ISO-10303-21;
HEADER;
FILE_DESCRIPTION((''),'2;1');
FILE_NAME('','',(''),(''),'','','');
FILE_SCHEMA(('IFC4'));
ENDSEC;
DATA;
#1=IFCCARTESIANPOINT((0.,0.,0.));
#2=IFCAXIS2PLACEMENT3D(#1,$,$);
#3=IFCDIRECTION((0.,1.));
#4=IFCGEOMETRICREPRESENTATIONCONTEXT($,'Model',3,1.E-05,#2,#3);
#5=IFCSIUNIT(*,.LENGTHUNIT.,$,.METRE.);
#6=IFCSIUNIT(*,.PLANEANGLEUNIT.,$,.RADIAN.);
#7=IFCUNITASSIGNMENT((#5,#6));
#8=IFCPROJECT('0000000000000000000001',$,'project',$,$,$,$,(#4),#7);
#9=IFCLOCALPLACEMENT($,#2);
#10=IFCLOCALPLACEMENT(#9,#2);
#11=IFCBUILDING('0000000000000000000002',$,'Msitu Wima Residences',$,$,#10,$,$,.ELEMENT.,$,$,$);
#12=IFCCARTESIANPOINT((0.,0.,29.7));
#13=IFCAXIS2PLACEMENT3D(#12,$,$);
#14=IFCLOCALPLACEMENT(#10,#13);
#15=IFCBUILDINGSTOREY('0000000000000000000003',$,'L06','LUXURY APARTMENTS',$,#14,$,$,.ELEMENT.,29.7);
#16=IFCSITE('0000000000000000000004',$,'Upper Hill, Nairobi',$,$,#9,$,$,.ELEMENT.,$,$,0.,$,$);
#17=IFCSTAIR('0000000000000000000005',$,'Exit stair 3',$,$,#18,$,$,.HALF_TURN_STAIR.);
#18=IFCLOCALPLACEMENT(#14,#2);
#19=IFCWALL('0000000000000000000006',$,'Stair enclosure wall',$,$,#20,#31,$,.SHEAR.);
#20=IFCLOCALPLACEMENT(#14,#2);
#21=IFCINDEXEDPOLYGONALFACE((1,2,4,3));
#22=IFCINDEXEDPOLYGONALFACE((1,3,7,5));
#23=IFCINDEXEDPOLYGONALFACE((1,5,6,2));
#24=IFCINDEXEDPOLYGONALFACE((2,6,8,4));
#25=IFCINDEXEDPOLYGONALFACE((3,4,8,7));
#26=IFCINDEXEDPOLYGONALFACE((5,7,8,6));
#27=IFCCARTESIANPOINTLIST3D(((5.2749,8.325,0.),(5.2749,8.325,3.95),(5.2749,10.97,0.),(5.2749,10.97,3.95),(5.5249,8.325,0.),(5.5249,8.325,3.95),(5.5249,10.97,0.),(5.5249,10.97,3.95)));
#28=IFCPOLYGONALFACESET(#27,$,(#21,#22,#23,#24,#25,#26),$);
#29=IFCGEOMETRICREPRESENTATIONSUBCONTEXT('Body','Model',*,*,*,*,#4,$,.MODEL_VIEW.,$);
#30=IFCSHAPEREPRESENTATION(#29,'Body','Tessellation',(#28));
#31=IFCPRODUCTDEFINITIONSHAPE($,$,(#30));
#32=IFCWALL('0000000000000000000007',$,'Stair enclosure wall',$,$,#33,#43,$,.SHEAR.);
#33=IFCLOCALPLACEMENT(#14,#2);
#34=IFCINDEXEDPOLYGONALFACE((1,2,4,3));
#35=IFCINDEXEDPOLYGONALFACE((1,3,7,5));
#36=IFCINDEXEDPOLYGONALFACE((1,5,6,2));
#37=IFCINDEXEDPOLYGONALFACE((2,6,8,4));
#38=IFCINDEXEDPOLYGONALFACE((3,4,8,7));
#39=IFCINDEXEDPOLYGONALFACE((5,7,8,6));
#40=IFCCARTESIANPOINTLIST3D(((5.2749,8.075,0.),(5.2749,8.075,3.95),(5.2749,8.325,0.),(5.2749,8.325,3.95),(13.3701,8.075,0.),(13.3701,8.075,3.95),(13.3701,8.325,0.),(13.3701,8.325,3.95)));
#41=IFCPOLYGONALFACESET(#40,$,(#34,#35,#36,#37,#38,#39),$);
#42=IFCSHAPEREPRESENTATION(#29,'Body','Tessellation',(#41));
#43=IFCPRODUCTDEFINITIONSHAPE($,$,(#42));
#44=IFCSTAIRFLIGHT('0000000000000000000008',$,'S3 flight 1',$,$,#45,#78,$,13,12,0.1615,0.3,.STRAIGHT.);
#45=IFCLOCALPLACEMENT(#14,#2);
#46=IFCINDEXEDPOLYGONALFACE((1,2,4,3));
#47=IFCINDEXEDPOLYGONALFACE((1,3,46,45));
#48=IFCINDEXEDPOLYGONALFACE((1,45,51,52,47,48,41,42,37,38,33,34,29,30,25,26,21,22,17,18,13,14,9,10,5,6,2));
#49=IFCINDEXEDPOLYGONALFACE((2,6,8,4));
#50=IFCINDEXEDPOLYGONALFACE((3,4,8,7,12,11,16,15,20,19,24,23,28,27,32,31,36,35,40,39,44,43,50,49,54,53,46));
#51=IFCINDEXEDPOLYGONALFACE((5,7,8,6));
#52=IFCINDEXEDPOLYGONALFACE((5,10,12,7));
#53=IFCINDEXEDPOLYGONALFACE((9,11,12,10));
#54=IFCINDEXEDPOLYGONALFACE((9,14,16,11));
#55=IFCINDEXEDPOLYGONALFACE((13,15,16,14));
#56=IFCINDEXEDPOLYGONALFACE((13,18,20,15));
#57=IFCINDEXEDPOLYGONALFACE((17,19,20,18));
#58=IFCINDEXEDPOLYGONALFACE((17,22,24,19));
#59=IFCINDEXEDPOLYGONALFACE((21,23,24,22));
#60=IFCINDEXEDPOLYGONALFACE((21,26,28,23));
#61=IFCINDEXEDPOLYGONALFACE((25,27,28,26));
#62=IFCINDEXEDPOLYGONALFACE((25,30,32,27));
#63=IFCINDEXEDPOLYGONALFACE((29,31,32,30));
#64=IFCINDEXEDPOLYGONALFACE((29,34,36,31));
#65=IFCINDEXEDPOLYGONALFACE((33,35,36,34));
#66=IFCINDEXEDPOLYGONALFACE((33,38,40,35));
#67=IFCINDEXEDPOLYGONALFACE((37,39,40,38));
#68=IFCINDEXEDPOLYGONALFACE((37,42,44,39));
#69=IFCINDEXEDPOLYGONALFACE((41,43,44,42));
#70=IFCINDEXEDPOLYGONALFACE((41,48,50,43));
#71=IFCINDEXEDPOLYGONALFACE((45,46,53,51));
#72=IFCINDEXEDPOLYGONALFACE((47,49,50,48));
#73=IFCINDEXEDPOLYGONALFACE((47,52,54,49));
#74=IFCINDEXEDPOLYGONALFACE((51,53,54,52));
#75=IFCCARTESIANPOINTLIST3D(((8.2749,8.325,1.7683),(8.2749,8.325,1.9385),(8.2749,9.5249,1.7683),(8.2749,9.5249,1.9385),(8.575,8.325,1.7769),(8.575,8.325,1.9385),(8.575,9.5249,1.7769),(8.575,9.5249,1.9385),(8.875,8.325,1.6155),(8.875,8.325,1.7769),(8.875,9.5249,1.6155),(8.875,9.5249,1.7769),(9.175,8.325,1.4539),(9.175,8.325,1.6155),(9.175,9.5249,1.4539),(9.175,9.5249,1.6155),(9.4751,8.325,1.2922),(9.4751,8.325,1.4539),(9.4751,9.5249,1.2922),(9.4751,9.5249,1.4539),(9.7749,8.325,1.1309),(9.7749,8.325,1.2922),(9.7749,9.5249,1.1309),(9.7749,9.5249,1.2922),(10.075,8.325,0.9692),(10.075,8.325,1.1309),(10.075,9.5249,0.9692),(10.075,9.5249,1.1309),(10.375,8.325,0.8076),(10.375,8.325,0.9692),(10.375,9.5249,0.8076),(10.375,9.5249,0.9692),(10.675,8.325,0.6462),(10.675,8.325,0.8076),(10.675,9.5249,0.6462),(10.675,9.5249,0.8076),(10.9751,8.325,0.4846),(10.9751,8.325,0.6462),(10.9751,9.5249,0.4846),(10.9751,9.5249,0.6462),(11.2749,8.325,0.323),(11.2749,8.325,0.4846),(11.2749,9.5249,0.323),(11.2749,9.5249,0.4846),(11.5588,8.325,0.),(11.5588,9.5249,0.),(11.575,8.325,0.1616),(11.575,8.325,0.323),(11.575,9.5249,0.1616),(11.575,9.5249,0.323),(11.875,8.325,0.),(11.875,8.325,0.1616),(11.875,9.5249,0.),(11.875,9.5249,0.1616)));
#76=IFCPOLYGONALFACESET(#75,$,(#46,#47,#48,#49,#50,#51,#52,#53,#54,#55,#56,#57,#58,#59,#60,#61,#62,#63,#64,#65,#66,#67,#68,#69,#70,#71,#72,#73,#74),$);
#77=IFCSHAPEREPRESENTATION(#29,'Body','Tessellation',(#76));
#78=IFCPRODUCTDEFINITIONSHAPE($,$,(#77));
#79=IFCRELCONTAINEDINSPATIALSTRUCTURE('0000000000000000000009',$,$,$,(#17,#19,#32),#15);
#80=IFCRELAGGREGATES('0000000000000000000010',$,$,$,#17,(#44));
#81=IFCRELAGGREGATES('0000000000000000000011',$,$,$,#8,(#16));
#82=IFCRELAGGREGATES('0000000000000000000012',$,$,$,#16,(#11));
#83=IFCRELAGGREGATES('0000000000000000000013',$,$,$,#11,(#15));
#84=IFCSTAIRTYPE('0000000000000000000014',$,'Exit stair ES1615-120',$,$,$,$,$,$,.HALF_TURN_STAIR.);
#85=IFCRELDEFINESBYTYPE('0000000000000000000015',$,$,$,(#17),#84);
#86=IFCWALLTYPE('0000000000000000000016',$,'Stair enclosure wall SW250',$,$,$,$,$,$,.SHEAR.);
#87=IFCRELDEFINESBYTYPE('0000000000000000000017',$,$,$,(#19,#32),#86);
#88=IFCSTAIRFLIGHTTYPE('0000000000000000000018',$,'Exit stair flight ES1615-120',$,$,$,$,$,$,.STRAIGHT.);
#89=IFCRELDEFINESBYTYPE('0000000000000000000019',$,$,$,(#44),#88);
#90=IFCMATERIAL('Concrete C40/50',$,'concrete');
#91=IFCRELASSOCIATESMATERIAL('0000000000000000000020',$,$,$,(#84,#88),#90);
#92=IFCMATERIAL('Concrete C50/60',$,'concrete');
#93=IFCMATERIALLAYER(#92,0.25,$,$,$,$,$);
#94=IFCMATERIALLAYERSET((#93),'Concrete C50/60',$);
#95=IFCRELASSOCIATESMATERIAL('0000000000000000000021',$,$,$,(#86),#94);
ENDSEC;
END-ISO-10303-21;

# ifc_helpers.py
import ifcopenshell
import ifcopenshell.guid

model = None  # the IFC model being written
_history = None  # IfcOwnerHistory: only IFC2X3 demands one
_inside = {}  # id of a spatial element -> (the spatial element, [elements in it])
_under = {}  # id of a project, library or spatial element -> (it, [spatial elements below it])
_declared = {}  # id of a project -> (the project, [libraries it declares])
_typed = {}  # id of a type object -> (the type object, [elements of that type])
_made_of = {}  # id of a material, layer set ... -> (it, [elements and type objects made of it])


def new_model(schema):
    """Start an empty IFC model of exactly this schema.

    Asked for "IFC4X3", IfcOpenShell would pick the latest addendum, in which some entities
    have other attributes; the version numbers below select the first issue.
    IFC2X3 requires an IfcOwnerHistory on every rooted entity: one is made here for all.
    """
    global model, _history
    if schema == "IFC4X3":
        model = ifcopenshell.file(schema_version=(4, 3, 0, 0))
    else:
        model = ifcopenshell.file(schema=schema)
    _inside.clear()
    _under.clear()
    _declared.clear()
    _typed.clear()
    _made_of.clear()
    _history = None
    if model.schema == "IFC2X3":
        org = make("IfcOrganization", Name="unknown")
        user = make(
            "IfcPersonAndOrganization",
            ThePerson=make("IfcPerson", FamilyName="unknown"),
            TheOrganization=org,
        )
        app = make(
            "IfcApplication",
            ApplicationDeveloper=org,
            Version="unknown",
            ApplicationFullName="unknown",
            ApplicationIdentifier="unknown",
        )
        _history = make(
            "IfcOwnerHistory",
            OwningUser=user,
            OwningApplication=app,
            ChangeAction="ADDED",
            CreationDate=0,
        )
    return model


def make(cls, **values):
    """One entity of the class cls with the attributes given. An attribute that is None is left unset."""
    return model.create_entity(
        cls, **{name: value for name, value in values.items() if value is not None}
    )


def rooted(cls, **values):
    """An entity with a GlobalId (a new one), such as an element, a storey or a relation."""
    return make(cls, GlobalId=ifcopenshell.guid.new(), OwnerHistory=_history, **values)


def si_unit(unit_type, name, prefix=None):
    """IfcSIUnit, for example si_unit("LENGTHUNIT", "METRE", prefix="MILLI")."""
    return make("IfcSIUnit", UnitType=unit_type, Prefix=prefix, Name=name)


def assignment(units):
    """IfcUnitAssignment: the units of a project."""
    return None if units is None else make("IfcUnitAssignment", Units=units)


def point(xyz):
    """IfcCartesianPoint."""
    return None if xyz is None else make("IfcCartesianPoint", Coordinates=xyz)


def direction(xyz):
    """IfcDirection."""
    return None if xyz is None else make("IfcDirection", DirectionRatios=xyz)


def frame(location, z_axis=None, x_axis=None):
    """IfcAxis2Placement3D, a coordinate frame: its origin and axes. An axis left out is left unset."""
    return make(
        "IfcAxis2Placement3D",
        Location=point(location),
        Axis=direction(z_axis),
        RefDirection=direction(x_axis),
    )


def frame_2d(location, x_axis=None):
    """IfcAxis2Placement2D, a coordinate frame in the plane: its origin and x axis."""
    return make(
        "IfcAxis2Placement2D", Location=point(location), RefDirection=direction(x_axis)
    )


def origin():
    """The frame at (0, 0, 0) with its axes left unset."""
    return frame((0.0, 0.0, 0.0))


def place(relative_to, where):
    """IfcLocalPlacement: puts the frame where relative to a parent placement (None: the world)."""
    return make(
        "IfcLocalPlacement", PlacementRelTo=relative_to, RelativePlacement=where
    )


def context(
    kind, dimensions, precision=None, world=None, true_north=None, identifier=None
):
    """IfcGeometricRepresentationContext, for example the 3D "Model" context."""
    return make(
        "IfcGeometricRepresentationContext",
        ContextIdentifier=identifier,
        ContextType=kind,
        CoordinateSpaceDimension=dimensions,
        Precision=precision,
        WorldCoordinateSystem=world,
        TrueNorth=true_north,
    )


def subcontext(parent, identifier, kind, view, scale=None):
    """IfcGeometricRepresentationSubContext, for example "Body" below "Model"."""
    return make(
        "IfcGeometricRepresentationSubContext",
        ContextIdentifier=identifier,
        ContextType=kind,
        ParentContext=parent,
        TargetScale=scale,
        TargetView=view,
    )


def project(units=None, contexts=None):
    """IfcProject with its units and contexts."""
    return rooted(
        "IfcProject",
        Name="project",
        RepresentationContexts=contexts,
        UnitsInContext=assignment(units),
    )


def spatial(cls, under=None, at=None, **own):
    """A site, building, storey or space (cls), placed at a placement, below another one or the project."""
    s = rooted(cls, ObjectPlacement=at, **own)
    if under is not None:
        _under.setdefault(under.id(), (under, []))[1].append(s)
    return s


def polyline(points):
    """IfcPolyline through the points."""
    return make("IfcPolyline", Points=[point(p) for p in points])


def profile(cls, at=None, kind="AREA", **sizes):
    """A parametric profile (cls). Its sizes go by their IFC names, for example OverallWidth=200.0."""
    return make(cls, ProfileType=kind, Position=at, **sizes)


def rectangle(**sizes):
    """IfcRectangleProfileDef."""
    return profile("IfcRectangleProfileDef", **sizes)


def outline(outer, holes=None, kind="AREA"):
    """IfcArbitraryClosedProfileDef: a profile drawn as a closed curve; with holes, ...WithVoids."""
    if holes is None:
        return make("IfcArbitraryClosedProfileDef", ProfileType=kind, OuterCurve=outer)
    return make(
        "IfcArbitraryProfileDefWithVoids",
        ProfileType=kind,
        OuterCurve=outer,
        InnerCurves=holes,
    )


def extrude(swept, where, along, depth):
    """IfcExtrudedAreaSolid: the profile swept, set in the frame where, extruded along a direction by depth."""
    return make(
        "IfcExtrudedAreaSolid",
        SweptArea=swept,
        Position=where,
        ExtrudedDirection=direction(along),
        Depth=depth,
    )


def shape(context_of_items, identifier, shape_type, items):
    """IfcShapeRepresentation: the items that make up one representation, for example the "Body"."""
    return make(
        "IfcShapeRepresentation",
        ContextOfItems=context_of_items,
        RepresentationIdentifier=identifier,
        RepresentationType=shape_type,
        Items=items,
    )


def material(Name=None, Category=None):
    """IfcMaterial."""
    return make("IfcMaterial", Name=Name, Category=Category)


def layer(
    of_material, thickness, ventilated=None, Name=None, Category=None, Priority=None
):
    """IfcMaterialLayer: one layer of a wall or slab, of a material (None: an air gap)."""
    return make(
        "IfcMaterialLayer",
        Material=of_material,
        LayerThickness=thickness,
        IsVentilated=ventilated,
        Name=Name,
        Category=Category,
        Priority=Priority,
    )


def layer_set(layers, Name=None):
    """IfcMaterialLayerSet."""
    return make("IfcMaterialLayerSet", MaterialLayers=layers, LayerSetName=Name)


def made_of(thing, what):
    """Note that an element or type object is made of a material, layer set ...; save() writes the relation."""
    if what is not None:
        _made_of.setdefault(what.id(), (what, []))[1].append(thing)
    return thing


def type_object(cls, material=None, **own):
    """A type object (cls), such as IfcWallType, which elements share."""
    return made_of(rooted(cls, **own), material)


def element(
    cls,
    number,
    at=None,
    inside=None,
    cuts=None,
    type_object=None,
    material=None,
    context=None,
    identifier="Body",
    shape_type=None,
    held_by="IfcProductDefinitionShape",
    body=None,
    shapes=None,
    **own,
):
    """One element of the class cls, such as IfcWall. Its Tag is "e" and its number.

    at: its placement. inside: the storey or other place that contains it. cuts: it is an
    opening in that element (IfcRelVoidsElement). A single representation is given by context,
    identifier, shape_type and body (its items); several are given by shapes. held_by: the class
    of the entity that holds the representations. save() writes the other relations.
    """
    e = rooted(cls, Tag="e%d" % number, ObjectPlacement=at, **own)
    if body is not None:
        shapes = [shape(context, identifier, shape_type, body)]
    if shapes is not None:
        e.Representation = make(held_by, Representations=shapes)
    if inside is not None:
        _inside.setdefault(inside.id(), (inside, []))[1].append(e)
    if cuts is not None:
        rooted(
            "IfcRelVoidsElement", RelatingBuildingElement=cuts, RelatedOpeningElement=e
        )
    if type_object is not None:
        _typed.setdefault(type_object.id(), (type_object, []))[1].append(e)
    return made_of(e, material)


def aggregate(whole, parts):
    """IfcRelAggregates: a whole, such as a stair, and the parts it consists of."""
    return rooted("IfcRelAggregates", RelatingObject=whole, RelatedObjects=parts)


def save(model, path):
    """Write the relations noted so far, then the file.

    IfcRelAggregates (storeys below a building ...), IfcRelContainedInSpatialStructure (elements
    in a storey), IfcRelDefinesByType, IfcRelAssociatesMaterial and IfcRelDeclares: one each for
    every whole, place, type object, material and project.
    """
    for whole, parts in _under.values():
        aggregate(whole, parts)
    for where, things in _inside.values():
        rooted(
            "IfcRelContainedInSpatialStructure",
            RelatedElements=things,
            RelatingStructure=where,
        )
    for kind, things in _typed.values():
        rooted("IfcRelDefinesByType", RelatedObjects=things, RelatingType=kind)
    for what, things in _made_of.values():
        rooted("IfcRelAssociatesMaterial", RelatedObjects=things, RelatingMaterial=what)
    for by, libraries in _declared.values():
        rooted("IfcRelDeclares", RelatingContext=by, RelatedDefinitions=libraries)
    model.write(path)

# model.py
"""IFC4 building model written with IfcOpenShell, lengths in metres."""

from ifc_helpers import new_model, si_unit, direction, frame, frame_2d, origin, place, context, subcontext, project, spatial, polyline, rectangle, outline, extrude, material, layer, layer_set, type_object, element, aggregate, save


model = new_model("IFC4")

# Units and contexts
model_context = context("Model", 3, precision=1e-05, world=origin(), true_north=direction((0.0, 1.0)))
body_context = subcontext(model_context, "Body", "Model", "MODEL_VIEW")
ifc_project = project(units=[si_unit("LENGTHUNIT", "METRE"), si_unit("PLANEANGLEUNIT", "RADIAN")], contexts=[model_context])

# Site, building, storey
site_placement = place(None, origin())
site = spatial("IfcSite", under=ifc_project, at=site_placement, Name="Upper Hill, Nairobi", CompositionType="ELEMENT", RefElevation=0.0)
building_placement = place(site_placement, origin())
building = spatial("IfcBuilding", under=site, at=building_placement, Name="Msitu Wima Residences", CompositionType="ELEMENT")
storey_placement = place(building_placement, frame((0.0, 0.0, 29.7)))
storey = spatial("IfcBuildingStorey", under=building, at=storey_placement, Name="L06", Description="LUXURY APARTMENTS", CompositionType="ELEMENT", Elevation=29.7)

# Shared definitions
ifc_material_1 = material(Name="Concrete C40/50", Category="concrete")

# Stair
stair_type = type_object("IfcStairType", Name="Exit stair ES1615-120", PredefinedType="HALF_TURN_STAIR", material=ifc_material_1)
stair_1_placement = place(storey_placement, origin())
stair_1 = element("IfcStair", 1, at=stair_1_placement, inside=storey, type_object=stair_type, Name="Exit stair 3", PredefinedType="HALF_TURN_STAIR")

# Walls
ifc_material_2 = material(Name="Concrete C50/60", Category="concrete")
ifc_layer_1 = layer(ifc_material_2, 0.25)
ifc_layer_set_1 = layer_set([ifc_layer_1], Name="Concrete C50/60")
wall_type_1 = type_object("IfcWallType", Name="Stair enclosure wall SW250", PredefinedType="SHEAR", material=ifc_layer_set_1)
wall_1_placement = place(storey_placement, frame((5.3999, 8.325, 0.0), z_axis=(0.0, 0.0, 1.0), x_axis=(0.0, 1.0, 0.0)))
element("IfcWall", 2, at=wall_1_placement, inside=storey, type_object=wall_type_1, Name="Stair enclosure wall", PredefinedType="SHEAR", context=body_context, shape_type="SweptSolid", body=[
    extrude(rectangle(XDim=2.645, YDim=0.25, at=frame_2d((1.3225, 0.0))), origin(), (0.0, 0.0, 1.0), 3.95),
])
wall_2_placement = place(storey_placement, frame((5.2749, 8.2, 0.0), z_axis=(0.0, 0.0, 1.0), x_axis=(1.0, 0.0, 0.0)))
element("IfcWall", 3, at=wall_2_placement, inside=storey, type_object=wall_type_1, Name="Stair enclosure wall", PredefinedType="SHEAR", context=body_context, shape_type="SweptSolid", body=[
    extrude(rectangle(XDim=8.0952, YDim=0.25, at=frame_2d((4.0476, 0.0))), origin(), (0.0, 0.0, 1.0), 3.95),
])

# Stair flight
stair_flight_type = type_object("IfcStairFlightType", Name="Exit stair flight ES1615-120", PredefinedType="STRAIGHT", material=ifc_material_1)
stair_flight_placement = place(storey_placement, frame((11.875, 8.925, 0.0), z_axis=(0.0, 0.0, 1.0), x_axis=(-1.0, 0.0, 0.0)))
stair_flight = element("IfcStairFlight", 4, at=stair_flight_placement, type_object=stair_flight_type, Name="S3 flight 1", NumberOfRisers=13, NumberOfTreads=12, PredefinedType="STRAIGHT", RiserHeight=0.1615, TreadLength=0.3, context=body_context, shape_type="SweptSolid", body=[
    extrude(outline(polyline([(0.0, 0.0), (0.0, 0.1616), (0.3, 0.1616), (0.3, 0.323), (0.6001, 0.323), (0.6001, 0.4846), (0.8999, 0.4846), (0.8999, 0.6462), (1.2, 0.6462), (1.2, 0.8076), (1.5, 0.8076), (1.5, 0.9692), (1.8, 0.9692), (1.8, 1.1309), (2.1001, 1.1309), (2.1001, 1.2922), (2.3999, 1.2922), (2.3999, 1.4539), (2.7, 1.4539), (2.7, 1.6155), (3.0, 1.6155), (3.0, 1.7769), (3.3, 1.7769), (3.3, 1.9385), (3.6001, 1.9385), (3.6001, 2.1001), (3.6001, 1.7683), (0.3162, 0.0), (0.0, 0.0)])), frame((0.0, 0.6001, 0.0), z_axis=(0.0, -1.0, 0.0), x_axis=(1.0, 0.0, 0.0)), (0.0, 0.0, 1.0), 1.2),
])
aggregate(stair_1, [stair_flight])

save(model, "model.ifc")
